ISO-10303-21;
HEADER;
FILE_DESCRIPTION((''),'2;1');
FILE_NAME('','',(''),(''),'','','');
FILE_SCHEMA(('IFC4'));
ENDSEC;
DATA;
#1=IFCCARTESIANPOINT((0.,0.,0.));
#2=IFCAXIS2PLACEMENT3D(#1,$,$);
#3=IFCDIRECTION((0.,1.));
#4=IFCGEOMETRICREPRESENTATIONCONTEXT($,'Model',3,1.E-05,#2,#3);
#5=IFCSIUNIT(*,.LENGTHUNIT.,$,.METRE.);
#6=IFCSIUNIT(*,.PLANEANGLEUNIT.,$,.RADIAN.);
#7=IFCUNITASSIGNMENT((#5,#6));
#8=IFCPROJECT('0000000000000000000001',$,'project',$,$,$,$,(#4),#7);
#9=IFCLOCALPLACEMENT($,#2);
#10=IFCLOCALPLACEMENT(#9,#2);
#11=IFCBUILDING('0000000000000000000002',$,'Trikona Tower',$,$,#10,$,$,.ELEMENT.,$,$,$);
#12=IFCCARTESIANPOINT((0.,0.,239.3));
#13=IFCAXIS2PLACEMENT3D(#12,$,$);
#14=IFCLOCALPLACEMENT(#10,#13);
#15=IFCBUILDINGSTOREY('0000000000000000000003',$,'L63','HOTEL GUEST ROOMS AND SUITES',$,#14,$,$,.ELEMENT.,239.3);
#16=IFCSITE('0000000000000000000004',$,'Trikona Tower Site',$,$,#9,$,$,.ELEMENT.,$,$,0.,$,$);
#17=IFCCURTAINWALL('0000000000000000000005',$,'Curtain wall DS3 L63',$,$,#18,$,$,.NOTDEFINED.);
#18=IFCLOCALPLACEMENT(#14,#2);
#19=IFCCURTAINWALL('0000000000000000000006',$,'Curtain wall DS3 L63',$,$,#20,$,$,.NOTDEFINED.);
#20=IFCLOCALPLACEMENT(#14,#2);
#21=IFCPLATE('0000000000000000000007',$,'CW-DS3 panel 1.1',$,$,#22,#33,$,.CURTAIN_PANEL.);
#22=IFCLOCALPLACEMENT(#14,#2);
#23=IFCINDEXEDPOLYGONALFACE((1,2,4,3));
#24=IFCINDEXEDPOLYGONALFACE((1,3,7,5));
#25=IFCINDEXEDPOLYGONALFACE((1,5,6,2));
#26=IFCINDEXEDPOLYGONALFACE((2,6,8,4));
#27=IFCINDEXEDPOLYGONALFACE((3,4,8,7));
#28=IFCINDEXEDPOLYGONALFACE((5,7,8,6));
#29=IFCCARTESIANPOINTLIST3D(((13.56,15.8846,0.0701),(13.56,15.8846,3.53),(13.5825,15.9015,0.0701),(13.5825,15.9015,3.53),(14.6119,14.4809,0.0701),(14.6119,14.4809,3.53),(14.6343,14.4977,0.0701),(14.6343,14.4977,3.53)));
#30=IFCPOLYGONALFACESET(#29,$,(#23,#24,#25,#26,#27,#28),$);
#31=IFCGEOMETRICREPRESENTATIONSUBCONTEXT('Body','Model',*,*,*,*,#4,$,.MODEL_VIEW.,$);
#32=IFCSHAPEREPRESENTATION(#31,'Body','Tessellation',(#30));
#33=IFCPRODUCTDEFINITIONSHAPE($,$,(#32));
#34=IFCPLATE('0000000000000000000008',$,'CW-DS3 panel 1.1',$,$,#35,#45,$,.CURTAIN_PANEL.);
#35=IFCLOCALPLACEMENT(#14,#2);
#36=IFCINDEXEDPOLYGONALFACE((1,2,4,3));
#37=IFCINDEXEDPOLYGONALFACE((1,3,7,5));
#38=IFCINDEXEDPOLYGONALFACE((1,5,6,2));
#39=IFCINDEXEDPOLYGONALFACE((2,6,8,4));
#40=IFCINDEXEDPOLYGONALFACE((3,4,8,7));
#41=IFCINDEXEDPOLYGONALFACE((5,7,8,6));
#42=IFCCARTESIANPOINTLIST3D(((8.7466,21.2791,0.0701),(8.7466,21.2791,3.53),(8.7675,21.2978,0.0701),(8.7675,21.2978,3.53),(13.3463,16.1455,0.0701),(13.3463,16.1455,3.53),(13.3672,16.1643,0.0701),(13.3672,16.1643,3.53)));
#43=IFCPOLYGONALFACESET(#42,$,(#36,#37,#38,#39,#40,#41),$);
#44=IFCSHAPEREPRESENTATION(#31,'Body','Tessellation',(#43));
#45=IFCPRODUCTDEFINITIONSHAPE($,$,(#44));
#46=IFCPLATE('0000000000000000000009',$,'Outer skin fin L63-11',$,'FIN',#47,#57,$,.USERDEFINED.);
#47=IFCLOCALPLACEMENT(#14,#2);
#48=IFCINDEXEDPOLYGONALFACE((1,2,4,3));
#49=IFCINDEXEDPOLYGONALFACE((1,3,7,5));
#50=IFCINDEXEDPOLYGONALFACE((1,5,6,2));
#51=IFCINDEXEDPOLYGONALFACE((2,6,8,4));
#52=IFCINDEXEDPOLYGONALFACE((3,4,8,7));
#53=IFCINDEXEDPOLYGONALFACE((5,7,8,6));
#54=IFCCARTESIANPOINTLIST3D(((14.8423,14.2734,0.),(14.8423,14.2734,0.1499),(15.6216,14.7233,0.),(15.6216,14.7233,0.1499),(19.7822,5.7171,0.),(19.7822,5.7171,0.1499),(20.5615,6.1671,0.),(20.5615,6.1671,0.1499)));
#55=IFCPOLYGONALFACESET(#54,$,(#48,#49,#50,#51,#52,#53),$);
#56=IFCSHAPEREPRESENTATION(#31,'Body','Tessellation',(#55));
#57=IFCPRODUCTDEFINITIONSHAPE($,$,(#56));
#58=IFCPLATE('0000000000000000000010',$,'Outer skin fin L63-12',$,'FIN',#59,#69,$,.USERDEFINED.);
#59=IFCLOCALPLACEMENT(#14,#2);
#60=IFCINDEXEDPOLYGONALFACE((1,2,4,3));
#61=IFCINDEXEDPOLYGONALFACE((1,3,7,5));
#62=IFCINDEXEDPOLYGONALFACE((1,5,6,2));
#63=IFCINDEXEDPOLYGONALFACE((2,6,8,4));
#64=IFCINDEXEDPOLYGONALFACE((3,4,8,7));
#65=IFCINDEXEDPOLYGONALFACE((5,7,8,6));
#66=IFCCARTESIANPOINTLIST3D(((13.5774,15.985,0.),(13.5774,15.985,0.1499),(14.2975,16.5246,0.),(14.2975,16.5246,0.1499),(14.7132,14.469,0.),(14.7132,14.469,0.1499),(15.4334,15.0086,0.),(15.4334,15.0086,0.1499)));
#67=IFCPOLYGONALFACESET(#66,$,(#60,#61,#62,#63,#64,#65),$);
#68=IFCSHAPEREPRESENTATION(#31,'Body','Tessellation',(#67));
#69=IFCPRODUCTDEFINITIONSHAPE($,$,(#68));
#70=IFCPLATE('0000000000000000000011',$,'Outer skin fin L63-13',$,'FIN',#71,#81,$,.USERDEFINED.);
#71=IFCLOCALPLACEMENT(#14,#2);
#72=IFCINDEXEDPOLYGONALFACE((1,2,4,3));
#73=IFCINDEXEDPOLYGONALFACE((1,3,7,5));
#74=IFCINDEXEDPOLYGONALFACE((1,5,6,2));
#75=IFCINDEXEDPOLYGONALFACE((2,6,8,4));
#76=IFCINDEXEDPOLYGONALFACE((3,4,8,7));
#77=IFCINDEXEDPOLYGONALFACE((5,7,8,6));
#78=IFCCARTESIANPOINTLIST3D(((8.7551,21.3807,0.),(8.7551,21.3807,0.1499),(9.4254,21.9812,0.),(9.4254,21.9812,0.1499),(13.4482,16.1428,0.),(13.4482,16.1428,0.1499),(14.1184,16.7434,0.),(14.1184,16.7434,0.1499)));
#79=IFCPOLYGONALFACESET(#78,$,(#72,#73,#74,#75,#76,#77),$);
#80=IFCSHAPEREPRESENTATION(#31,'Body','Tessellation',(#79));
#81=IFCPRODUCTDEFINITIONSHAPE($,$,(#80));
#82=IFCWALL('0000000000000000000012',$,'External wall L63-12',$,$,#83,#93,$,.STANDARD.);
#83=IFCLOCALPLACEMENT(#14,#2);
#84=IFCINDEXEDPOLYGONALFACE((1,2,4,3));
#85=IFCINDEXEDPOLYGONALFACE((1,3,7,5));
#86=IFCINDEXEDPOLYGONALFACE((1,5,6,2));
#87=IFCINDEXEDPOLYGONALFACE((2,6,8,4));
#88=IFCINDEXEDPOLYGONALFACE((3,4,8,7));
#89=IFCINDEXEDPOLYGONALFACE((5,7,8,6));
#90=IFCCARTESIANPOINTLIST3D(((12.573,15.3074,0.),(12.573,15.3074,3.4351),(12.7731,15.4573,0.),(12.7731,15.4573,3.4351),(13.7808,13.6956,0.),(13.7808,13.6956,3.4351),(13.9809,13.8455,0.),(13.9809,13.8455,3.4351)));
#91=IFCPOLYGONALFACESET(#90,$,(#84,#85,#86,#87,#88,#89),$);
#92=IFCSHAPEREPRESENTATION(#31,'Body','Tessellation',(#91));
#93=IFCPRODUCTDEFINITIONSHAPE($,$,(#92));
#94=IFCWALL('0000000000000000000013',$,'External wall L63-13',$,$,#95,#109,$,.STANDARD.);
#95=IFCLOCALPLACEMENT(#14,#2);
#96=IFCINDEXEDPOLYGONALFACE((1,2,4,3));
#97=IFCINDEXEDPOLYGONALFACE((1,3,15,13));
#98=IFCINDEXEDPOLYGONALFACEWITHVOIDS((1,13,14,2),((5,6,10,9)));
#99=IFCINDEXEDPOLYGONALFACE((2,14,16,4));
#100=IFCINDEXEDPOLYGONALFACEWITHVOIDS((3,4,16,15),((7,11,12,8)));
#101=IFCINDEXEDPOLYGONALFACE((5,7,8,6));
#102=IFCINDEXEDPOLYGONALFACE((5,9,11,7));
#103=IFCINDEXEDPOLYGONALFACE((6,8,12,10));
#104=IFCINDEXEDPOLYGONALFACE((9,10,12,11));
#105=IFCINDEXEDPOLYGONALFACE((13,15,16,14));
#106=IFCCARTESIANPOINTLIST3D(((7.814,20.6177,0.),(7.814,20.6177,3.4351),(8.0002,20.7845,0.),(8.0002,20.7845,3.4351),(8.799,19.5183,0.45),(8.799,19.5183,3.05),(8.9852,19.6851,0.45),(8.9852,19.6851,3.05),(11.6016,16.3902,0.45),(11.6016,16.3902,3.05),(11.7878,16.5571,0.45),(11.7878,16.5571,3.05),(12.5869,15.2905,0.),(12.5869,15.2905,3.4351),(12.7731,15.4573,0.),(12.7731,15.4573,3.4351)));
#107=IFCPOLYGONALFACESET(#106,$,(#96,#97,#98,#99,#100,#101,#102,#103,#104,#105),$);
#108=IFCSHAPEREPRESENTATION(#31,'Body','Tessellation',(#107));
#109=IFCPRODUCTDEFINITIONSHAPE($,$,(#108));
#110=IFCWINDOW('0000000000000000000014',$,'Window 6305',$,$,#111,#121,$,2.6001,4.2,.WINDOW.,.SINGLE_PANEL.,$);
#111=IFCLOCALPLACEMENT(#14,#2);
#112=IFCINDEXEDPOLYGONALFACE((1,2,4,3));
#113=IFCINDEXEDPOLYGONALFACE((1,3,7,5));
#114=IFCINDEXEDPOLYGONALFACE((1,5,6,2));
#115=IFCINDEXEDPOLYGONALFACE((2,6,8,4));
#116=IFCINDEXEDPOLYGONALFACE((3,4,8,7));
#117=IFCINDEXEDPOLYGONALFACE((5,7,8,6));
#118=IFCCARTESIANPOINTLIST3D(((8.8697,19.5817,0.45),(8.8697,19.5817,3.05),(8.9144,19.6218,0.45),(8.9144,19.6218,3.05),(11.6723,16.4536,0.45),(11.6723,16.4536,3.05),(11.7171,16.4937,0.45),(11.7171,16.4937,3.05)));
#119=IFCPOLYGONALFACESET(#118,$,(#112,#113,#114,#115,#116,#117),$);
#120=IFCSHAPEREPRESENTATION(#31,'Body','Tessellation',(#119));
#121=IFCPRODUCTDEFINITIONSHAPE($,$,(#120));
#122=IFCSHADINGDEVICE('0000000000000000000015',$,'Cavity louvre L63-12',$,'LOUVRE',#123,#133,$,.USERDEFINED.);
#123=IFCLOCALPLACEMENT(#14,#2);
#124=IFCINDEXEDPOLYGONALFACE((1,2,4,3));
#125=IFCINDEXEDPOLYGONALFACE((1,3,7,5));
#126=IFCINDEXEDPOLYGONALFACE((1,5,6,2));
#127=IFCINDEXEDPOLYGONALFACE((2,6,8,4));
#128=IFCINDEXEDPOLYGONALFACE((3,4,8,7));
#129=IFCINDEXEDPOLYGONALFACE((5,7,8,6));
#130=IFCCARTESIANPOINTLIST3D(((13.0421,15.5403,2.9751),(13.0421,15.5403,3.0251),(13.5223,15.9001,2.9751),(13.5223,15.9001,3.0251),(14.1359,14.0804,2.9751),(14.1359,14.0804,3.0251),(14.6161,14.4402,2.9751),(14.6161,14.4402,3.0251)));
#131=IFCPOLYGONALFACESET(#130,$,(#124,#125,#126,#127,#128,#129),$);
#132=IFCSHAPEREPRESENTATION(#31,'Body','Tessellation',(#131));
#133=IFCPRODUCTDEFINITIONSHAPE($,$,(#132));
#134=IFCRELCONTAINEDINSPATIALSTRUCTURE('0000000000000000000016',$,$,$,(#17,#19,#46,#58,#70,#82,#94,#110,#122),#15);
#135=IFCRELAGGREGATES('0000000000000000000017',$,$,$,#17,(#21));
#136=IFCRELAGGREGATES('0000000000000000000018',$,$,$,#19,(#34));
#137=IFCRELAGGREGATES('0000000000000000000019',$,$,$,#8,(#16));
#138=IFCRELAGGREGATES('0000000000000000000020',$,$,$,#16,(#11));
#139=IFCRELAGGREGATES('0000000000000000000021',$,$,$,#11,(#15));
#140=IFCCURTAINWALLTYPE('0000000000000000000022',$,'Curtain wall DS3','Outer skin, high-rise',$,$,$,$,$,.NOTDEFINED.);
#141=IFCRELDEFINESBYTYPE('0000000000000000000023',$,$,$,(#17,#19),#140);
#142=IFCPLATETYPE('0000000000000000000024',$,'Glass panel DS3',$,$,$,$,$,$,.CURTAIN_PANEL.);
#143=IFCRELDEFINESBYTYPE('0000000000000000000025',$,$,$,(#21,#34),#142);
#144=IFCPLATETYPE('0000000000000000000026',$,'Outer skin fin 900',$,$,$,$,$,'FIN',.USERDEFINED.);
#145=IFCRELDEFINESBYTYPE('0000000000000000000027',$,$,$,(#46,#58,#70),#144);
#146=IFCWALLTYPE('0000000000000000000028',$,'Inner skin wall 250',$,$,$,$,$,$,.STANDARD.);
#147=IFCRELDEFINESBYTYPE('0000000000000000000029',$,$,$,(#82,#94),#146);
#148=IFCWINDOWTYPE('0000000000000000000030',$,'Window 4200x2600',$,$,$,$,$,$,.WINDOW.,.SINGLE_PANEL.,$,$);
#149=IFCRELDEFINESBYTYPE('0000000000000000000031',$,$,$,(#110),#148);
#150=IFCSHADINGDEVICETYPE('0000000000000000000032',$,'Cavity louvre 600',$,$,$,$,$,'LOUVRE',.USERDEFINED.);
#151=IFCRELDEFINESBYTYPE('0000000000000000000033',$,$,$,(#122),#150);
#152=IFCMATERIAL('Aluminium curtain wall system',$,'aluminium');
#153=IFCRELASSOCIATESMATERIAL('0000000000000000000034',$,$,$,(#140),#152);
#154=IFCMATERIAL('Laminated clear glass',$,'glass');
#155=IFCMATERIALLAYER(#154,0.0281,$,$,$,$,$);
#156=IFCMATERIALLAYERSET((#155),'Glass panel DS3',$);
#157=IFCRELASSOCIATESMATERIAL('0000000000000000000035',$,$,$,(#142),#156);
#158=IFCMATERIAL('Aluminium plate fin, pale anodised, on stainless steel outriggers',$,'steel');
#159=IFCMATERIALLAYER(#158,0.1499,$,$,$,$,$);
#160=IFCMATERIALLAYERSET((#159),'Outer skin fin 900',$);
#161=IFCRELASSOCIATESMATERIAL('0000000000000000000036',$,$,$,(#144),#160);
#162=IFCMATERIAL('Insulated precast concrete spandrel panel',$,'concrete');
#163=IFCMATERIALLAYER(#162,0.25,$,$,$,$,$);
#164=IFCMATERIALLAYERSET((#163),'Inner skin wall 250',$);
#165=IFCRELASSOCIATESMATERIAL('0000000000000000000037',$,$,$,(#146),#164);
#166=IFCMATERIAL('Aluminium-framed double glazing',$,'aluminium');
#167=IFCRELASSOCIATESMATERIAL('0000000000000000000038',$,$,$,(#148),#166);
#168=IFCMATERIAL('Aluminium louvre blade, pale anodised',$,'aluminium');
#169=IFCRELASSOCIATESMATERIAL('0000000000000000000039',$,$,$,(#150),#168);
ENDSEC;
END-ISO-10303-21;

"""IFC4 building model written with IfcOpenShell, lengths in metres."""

from ifc_helpers import new_model, si_unit, direction, frame, frame_2d, origin, origin_2d, place, context, subcontext, project, spatial, rectangle, extrude, material, layer, layer_set, type_object, element, fill, aggregate, save


model = new_model("IFC4")

# Units and contexts
model_context = context("Model", 3, precision=1e-05, world=origin(), true_north=direction((0.0, 1.0)))
body_context = subcontext(model_context, "Body", "Model", "MODEL_VIEW")
ifc_project = project(units=[si_unit("LENGTHUNIT", "METRE"), si_unit("PLANEANGLEUNIT", "RADIAN")], contexts=[model_context])

# Site, building, storey
site_placement = place(None, origin())
site = spatial("IfcSite", under=ifc_project, at=site_placement, Name="Trikona Tower Site", CompositionType="ELEMENT", RefElevation=0.0)
building_placement = place(site_placement, origin())
building = spatial("IfcBuilding", under=site, at=building_placement, Name="Trikona Tower", CompositionType="ELEMENT")
storey_placement = place(building_placement, frame((0.0, 0.0, 239.3)))
storey = spatial("IfcBuildingStorey", under=building, at=storey_placement, Name="L63", Description="HOTEL GUEST ROOMS AND SUITES", CompositionType="ELEMENT", Elevation=239.3)

# Shared definitions
ifc_material_1 = material(Name="Aluminium curtain wall system", Category="aluminium")
curtain_wall_type = type_object("IfcCurtainWallType", Name="Curtain wall DS3", Description="Outer skin, high-rise", PredefinedType="NOTDEFINED", material=ifc_material_1)

# Curtain wall
curtain_wall_1_placement = place(storey_placement, origin())
curtain_wall_1 = element("IfcCurtainWall", 1, at=curtain_wall_1_placement, inside=storey, type_object=curtain_wall_type, Name="Curtain wall DS3 L63", PredefinedType="NOTDEFINED")

# Curtain wall
curtain_wall_2_placement = place(storey_placement, origin())
curtain_wall_2 = element("IfcCurtainWall", 2, at=curtain_wall_2_placement, inside=storey, type_object=curtain_wall_type, Name="Curtain wall DS3 L63", PredefinedType="NOTDEFINED")

# Plates
ifc_material_2 = material(Name="Laminated clear glass", Category="glass")
ifc_layer_1 = layer(ifc_material_2, 0.0281)
ifc_layer_set_1 = layer_set([ifc_layer_1], Name="Glass panel DS3")
plate_type_1 = type_object("IfcPlateType", Name="Glass panel DS3", PredefinedType="CURTAIN_PANEL", material=ifc_layer_set_1)
plate_1_placement = place(storey_placement, frame((14.0972, 15.1912, 0.0701), z_axis=(0.0, 0.0, 1.0), x_axis=(-0.599654, 0.80026, 0.0)))
plate_1 = element("IfcPlate", 3, at=plate_1_placement, type_object=plate_type_1, Name="CW-DS3 panel 1.1", PredefinedType="CURTAIN_PANEL", context=body_context, shape_type="SweptSolid", body=[
    extrude(rectangle(XDim=1.7542, YDim=0.0281, at=origin_2d()), origin(), (0.0, 0.0, 1.0), 3.46),
])
aggregate(curtain_wall_1, [plate_1])
plate_2_placement = place(storey_placement, frame((11.0569, 18.7217, 0.0701), z_axis=(0.0, 0.0, 1.0), x_axis=(-0.66732, 0.744771, 0.0)))
plate_2 = element("IfcPlate", 4, at=plate_2_placement, type_object=plate_type_1, Name="CW-DS3 panel 1.1", PredefinedType="CURTAIN_PANEL", context=body_context, shape_type="SweptSolid", body=[
    extrude(rectangle(XDim=6.8928, YDim=0.0281, at=origin_2d()), origin(), (0.0, 0.0, 1.0), 3.46),
])
aggregate(curtain_wall_2, [plate_2])

# Plates
ifc_material_3 = material(Name="Aluminium plate fin, pale anodised, on stainless steel outriggers", Category="steel")
ifc_layer_2 = layer(ifc_material_3, 0.1499)
ifc_layer_set_2 = layer_set([ifc_layer_2], Name="Outer skin fin 900")
plate_type_2 = type_object("IfcPlateType", Name="Outer skin fin 900", ElementType="FIN", PredefinedType="USERDEFINED", material=ifc_layer_set_2)
plate_3_placement = place(storey_placement, frame((17.7019, 10.2202, 0.0), z_axis=(0.0, 0.0, 1.0), x_axis=(-0.499998, 0.866026, 0.0)))
element("IfcPlate", 5, at=plate_3_placement, inside=storey, type_object=plate_type_2, Name="Outer skin fin L63-11", ObjectType="FIN", PredefinedType="USERDEFINED", context=body_context, shape_type="SweptSolid", body=[
    extrude(rectangle(XDim=9.8799, YDim=0.8999, at=origin_2d()), origin(), (0.0, 0.0, 1.0), 0.1499),
])
plate_4_placement = place(storey_placement, frame((14.5054, 15.4968, 0.0), z_axis=(0.0, 0.0, 1.0), x_axis=(-0.599619, 0.800286, 0.0)))
element("IfcPlate", 6, at=plate_4_placement, inside=storey, type_object=plate_type_2, Name="Outer skin fin L63-12", ObjectType="FIN", PredefinedType="USERDEFINED", context=body_context, shape_type="SweptSolid", body=[
    extrude(rectangle(XDim=1.8943, YDim=0.8999, at=origin_2d()), origin(), (0.0, 0.0, 1.0), 0.1499),
])
plate_5_placement = place(storey_placement, frame((11.4368, 19.062, 0.0), z_axis=(0.0, 0.0, 1.0), x_axis=(-0.667311, 0.744779, 0.0)))
element("IfcPlate", 7, at=plate_5_placement, inside=storey, type_object=plate_type_2, Name="Outer skin fin L63-13", ObjectType="FIN", PredefinedType="USERDEFINED", context=body_context, shape_type="SweptSolid", body=[
    extrude(rectangle(XDim=7.0327, YDim=0.8999, at=origin_2d()), origin(), (0.0, 0.0, 1.0), 0.1499),
])

# Wall
ifc_material_4 = material(Name="Insulated precast concrete spandrel panel", Category="concrete")
ifc_layer_3 = layer(ifc_material_4, 0.25)
ifc_layer_set_3 = layer_set([ifc_layer_3], Name="Inner skin wall 250")
wall_type = type_object("IfcWallType", Name="Inner skin wall 250", PredefinedType="STANDARD", material=ifc_layer_set_3)
wall_1_placement = place(storey_placement, frame((13.8809, 13.7705, 0.0), z_axis=(0.0, 0.0, 1.0), x_axis=(-0.599651, 0.800262, 0.0)))
element("IfcWall", 8, at=wall_1_placement, inside=storey, type_object=wall_type, Name="External wall L63-12", PredefinedType="STANDARD", context=body_context, shape_type="SweptSolid", body=[
    extrude(rectangle(XDim=2.0142, YDim=0.25, at=frame_2d((1.0071, 0.0))), origin(), (0.0, 0.0, 1.0), 3.4351),
])

# Wall, opening, window
wall_2_placement = place(storey_placement, frame((12.6799, 15.374, 0.0), z_axis=(0.0, 0.0, 1.0), x_axis=(-0.667304, 0.744786, 0.0)))
wall_2 = element("IfcWall", 9, at=wall_2_placement, inside=storey, type_object=wall_type, Name="External wall L63-13", PredefinedType="STANDARD", context=body_context, shape_type="SweptSolid", body=[
    extrude(rectangle(XDim=7.1526, YDim=0.25, at=frame_2d((3.5762, 0.0))), origin(), (0.0, 0.0, 1.0), 3.4351),
])
opening_placement = place(wall_2_placement, frame((1.4763, 0.0, 0.45)))
opening = element("IfcOpeningElement", 10, at=opening_placement, cuts=wall_2, PredefinedType="OPENING", context=body_context, shape_type="SweptSolid", body=[
    extrude(rectangle(XDim=4.2, YDim=2.6001, at=frame_2d((2.1001, 1.3))), frame((0.0, 0.135, 0.0), z_axis=(0.0, -1.0, 0.0), x_axis=(1.0, 0.0, 0.0)), (0.0, 0.0, 1.0), 0.27),
])
ifc_material_5 = material(Name="Aluminium-framed double glazing", Category="aluminium")
window_type = type_object("IfcWindowType", Name="Window 4200x2600", PartitioningType="SINGLE_PANEL", PredefinedType="WINDOW", material=ifc_material_5)
window_placement = place(opening_placement, origin())
window = element("IfcWindow", 11, at=window_placement, inside=storey, type_object=window_type, Name="Window 6305", OverallHeight=2.6001, OverallWidth=4.2, PartitioningType="SINGLE_PANEL", PredefinedType="WINDOW", context=body_context, shape_type="SweptSolid", body=[
    extrude(rectangle(XDim=4.2, YDim=2.6001, at=frame_2d((2.1001, 1.3))), frame((0.0, 0.03, 0.0), z_axis=(0.0, -1.0, 0.0), x_axis=(1.0, 0.0, 0.0)), (0.0, 0.0, 1.0), 0.0601),
])
fill(opening, window)

# Shading device
ifc_material_6 = material(Name="Aluminium louvre blade, pale anodised", Category="aluminium")
shading_device_type = type_object("IfcShadingDeviceType", Name="Cavity louvre 600", ElementType="LOUVRE", PredefinedType="USERDEFINED", material=ifc_material_6)
shading_device_placement = place(storey_placement, frame((13.8291, 14.9902, 2.9751), z_axis=(0.0, 0.0, 1.0), x_axis=(-0.599619, 0.800286, 0.0)))
element("IfcShadingDevice", 12, at=shading_device_placement, inside=storey, type_object=shading_device_type, Name="Cavity louvre L63-12", ObjectType="LOUVRE", PredefinedType="USERDEFINED", context=body_context, shape_type="SweptSolid", body=[
    extrude(rectangle(XDim=1.8242, YDim=0.6001, at=origin_2d()), origin(), (0.0, 0.0, 1.0), 0.05),
])

save(model, "model.ifc")
